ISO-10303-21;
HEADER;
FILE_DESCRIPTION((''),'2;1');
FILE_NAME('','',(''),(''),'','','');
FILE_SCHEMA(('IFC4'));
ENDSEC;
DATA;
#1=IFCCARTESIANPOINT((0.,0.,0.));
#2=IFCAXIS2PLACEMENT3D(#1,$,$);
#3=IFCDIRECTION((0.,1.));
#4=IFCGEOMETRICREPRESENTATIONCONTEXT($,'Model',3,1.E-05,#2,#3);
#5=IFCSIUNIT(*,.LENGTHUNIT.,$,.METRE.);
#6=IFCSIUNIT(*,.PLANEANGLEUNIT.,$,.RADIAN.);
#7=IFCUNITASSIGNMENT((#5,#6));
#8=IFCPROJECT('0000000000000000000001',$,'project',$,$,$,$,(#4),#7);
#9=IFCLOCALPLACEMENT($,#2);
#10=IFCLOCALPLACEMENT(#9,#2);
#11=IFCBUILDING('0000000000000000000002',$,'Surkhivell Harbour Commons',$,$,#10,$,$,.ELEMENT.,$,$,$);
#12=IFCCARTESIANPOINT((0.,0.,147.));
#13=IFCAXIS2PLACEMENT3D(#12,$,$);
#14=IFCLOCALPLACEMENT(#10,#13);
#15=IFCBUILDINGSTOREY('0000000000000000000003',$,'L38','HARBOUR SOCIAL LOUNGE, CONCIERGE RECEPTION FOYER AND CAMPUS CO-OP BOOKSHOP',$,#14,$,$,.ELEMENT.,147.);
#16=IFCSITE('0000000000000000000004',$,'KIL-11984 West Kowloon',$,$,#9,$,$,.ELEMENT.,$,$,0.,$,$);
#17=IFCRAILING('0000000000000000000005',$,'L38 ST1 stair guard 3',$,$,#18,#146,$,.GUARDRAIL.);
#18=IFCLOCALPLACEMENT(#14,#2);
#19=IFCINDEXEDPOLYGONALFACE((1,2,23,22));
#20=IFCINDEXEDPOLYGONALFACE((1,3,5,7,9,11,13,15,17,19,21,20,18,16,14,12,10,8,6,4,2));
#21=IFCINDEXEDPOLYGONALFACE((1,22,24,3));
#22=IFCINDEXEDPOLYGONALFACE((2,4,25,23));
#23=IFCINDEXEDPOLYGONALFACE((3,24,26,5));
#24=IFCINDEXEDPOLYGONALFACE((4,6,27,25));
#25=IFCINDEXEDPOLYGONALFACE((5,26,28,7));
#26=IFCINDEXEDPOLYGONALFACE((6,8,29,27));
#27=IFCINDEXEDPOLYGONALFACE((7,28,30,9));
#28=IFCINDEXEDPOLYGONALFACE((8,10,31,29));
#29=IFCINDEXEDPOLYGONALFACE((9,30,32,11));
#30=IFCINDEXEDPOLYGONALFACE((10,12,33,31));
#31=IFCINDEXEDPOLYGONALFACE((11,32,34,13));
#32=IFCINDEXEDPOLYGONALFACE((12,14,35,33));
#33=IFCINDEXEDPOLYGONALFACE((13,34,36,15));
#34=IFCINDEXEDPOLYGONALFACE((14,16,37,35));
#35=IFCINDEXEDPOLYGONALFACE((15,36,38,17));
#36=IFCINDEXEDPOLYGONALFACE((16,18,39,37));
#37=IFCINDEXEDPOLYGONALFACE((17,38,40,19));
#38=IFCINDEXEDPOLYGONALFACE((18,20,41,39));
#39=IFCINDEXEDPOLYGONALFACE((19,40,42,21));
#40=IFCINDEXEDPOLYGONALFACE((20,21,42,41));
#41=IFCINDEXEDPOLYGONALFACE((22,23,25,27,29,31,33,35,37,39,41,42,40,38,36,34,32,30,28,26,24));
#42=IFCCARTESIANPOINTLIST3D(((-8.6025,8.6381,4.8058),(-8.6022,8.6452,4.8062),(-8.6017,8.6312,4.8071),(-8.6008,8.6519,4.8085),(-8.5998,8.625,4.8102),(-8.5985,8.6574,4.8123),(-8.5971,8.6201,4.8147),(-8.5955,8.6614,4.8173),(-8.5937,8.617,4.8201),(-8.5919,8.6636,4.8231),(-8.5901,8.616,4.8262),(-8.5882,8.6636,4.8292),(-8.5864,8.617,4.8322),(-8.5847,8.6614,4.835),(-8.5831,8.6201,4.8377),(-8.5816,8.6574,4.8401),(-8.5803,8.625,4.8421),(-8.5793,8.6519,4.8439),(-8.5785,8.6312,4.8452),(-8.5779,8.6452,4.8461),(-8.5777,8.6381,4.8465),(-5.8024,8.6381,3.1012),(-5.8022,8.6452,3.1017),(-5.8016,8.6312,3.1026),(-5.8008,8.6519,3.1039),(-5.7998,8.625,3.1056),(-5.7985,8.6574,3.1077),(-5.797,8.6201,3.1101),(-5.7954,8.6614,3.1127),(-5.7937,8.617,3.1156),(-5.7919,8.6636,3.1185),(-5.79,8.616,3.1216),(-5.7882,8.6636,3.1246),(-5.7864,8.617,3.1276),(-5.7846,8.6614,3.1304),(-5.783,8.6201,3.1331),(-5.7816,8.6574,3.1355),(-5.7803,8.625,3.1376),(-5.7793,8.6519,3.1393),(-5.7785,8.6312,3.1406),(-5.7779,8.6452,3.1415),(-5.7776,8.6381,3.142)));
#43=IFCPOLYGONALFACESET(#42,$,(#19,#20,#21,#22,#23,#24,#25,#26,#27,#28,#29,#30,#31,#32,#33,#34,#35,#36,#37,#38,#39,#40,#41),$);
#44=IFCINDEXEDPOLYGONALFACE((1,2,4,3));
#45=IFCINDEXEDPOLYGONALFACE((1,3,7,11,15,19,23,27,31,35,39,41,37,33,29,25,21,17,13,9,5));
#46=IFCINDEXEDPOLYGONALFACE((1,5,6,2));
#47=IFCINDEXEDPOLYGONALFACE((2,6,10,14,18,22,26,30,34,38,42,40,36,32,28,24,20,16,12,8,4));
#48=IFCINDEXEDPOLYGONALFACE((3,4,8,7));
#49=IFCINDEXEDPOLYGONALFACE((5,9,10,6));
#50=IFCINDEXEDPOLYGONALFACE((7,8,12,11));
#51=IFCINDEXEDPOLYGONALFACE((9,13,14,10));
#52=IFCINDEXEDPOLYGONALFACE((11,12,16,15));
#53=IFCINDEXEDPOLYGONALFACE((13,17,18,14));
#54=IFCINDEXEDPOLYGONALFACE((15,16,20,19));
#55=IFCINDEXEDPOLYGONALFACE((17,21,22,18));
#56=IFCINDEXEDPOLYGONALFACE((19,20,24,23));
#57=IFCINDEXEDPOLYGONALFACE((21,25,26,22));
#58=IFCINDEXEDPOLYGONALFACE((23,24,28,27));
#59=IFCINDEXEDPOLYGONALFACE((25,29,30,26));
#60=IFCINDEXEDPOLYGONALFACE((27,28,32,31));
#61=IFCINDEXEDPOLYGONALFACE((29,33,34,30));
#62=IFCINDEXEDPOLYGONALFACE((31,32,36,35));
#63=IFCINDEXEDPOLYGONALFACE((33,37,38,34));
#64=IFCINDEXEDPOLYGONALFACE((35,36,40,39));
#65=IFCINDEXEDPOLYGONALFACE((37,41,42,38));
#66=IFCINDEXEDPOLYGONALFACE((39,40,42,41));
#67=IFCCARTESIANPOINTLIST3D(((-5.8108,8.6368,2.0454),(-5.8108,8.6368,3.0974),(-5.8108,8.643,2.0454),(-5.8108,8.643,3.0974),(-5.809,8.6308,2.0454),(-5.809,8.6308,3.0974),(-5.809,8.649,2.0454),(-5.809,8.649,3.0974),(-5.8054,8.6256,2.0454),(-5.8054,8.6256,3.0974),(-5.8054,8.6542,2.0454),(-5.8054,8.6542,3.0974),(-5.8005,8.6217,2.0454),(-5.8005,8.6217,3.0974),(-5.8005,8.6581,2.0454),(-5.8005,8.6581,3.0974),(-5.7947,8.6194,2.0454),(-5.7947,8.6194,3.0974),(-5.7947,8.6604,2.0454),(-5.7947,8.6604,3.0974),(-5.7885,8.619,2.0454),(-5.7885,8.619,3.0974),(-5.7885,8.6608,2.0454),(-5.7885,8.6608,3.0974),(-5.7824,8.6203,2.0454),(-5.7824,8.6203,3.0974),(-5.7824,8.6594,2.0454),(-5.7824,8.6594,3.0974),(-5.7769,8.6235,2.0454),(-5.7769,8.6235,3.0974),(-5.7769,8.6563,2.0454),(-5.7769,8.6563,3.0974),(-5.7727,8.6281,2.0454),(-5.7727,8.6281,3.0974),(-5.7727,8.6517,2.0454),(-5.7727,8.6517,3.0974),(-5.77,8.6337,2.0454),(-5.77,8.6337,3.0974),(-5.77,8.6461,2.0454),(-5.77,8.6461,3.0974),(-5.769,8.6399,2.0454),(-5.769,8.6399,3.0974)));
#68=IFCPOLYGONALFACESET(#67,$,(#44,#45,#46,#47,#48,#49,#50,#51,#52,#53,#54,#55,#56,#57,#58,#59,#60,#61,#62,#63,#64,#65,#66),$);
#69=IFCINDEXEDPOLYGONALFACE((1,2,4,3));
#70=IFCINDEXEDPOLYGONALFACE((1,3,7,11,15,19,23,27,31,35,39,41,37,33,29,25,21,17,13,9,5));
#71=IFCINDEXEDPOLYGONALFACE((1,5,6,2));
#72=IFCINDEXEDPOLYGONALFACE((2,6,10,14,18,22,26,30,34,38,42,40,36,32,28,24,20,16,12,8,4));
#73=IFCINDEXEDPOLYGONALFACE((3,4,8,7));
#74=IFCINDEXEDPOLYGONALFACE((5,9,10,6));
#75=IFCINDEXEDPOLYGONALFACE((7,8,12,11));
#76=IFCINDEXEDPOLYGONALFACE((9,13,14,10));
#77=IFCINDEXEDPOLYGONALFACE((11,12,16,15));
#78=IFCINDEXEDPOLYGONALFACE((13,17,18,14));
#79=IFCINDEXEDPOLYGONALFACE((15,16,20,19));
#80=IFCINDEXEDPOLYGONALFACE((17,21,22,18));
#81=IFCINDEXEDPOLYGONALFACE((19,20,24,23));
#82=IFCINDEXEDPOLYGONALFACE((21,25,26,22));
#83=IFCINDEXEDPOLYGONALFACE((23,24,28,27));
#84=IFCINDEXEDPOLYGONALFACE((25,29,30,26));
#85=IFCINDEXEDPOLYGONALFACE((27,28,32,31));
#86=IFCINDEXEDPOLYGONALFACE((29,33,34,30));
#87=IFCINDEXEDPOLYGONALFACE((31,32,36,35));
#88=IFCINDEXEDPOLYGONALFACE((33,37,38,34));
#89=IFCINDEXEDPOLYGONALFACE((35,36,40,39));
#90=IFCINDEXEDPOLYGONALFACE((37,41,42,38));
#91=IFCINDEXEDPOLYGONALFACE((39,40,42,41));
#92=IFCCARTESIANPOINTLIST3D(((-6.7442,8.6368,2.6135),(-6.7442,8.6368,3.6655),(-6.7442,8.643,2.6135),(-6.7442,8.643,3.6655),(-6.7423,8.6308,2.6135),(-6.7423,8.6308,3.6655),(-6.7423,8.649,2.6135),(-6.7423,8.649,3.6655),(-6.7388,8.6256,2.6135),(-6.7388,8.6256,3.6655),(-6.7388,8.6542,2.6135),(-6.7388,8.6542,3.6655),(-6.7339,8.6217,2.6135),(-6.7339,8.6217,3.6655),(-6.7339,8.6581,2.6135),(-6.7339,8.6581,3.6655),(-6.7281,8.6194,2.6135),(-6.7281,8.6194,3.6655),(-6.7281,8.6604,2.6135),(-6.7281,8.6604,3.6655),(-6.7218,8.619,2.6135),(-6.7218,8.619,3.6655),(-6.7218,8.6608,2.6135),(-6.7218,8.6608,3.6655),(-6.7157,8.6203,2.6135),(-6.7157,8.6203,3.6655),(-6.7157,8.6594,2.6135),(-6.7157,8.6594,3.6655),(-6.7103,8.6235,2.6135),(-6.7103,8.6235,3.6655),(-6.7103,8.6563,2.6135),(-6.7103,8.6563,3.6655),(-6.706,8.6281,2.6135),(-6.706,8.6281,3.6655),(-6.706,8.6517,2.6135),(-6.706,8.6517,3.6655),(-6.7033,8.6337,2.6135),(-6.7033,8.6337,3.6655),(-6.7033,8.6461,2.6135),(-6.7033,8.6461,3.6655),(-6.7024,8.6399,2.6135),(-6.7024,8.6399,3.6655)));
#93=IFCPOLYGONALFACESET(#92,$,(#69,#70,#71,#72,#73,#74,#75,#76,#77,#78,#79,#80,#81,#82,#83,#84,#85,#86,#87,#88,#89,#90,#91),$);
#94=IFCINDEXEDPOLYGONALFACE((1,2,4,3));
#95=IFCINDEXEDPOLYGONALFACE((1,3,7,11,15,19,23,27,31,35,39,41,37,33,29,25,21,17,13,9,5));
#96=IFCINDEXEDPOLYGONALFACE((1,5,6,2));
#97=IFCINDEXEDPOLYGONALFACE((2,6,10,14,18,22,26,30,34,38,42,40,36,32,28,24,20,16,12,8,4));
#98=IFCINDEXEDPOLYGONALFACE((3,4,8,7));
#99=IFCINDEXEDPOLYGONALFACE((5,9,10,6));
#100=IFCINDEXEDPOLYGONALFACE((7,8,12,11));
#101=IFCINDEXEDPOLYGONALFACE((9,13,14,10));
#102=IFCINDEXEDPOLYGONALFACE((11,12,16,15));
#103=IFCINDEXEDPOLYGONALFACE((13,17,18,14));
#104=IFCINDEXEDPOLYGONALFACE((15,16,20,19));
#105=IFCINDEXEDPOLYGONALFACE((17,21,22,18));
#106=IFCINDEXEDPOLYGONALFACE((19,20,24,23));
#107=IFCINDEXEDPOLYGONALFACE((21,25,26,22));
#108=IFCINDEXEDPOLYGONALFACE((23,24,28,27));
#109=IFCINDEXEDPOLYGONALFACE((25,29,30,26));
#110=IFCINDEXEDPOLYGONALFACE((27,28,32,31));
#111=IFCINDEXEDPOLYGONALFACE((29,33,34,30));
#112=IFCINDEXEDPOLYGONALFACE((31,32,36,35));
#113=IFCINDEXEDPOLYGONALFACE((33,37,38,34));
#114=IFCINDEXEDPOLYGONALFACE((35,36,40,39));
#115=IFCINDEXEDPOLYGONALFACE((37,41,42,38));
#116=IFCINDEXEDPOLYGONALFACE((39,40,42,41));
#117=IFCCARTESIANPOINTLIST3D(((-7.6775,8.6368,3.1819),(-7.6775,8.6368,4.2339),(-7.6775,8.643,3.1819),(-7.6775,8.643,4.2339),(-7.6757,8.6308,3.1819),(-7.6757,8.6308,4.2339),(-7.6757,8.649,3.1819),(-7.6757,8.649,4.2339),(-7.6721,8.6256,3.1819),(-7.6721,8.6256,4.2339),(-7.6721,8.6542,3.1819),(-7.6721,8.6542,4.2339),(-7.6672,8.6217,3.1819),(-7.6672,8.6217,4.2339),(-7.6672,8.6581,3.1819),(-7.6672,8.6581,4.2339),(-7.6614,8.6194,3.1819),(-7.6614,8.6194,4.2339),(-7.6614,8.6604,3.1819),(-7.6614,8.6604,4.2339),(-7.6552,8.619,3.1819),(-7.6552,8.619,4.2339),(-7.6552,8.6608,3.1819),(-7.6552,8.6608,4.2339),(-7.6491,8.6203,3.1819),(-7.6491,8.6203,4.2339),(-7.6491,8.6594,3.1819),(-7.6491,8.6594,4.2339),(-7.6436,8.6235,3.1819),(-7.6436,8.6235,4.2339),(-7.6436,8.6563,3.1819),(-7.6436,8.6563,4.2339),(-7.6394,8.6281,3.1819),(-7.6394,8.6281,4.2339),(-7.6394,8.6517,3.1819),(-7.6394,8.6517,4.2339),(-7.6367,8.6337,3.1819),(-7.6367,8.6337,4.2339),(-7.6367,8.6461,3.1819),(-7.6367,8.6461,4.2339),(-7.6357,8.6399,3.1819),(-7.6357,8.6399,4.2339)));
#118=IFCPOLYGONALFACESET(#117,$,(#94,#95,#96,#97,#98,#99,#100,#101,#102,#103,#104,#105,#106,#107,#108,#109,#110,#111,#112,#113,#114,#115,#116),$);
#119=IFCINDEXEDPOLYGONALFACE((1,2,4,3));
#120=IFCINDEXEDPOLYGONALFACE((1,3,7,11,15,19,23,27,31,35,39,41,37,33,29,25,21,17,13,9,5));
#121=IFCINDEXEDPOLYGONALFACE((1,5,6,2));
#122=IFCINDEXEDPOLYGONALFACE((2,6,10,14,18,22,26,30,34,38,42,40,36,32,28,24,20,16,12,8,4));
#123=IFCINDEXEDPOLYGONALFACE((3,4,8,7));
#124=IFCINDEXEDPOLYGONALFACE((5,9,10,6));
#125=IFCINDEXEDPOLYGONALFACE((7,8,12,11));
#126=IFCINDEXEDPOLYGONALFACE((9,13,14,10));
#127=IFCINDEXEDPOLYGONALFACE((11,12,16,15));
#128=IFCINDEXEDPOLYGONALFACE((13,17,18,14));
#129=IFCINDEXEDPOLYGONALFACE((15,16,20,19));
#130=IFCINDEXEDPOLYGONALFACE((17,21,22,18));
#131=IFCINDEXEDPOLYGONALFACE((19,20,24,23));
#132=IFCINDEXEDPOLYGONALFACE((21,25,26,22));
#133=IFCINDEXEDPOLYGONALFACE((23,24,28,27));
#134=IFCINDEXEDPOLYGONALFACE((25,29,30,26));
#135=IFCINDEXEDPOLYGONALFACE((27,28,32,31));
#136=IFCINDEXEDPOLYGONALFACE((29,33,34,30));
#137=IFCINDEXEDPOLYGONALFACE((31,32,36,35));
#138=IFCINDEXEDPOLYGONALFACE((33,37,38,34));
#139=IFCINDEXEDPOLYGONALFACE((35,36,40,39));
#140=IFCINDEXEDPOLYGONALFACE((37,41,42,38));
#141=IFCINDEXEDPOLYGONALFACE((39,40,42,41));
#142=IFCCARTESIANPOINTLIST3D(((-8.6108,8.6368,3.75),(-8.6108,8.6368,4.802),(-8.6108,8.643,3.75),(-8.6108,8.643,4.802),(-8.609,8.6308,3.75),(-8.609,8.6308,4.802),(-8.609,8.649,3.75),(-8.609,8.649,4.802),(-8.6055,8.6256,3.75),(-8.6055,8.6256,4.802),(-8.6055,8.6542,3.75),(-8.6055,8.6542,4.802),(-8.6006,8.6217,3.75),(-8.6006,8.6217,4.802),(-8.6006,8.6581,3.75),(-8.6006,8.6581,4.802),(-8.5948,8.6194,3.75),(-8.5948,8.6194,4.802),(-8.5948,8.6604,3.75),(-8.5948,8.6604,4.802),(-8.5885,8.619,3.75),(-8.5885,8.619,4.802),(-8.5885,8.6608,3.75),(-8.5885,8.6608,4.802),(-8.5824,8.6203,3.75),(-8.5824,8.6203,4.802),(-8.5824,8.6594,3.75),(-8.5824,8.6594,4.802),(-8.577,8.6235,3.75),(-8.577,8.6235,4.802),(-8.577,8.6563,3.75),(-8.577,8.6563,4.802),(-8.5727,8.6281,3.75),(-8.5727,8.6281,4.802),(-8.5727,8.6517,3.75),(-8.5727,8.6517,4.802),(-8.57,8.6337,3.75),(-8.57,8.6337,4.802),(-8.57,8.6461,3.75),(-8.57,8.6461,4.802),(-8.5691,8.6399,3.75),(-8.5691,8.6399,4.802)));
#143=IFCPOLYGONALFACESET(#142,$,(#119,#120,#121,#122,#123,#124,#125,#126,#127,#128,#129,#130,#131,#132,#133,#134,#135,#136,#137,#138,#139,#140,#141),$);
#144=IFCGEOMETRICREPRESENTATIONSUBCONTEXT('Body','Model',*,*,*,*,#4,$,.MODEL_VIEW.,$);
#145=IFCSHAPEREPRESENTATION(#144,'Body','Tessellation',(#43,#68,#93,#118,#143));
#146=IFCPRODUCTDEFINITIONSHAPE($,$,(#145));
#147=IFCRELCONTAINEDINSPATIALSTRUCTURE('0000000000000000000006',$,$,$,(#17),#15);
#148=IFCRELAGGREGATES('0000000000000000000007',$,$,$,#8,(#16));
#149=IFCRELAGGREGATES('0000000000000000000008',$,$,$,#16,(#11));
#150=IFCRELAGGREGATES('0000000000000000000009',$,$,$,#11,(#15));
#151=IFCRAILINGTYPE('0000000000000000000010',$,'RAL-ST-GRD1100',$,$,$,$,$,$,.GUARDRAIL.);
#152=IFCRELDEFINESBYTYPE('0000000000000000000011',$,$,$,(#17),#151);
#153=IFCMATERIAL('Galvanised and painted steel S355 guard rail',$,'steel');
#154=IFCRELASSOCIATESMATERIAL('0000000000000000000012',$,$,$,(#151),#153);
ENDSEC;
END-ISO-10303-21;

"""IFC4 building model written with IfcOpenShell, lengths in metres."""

from ifc_helpers import new_model, si_unit, direction, frame, origin, origin_2d, place, context, subcontext, project, spatial, circle, extrude, material, type_object, element, save


model = new_model("IFC4")

# Units and contexts
model_context = context("Model", 3, precision=1e-05, world=origin(), true_north=direction((0.0, 1.0)))
body_context = subcontext(model_context, "Body", "Model", "MODEL_VIEW")
ifc_project = project(units=[si_unit("LENGTHUNIT", "METRE"), si_unit("PLANEANGLEUNIT", "RADIAN")], contexts=[model_context])

# Site, building, storey
site_placement = place(None, origin())
site = spatial("IfcSite", under=ifc_project, at=site_placement, Name="KIL-11984 West Kowloon", CompositionType="ELEMENT", RefElevation=0.0)
building_placement = place(site_placement, origin())
building = spatial("IfcBuilding", under=site, at=building_placement, Name="Surkhivell Harbour Commons", CompositionType="ELEMENT")
storey_placement = place(building_placement, frame((0.0, 0.0, 147.0)))
storey = spatial("IfcBuildingStorey", under=building, at=storey_placement, Name="L38", Description="HARBOUR SOCIAL LOUNGE, CONCIERGE RECEPTION FOYER AND CAMPUS CO-OP BOOKSHOP", CompositionType="ELEMENT", Elevation=147.0)

# Railing
ifc_material_1 = material(Name="Galvanised and painted steel S355 guard rail", Category="steel")
railing_type_1 = type_object("IfcRailingType", Name="RAL-ST-GRD1100", PredefinedType="GUARDRAIL", material=ifc_material_1)
railing_1_placement = place(storey_placement, frame((-5.79, 8.6399, 2.0454)))
element("IfcRailing", 1, at=railing_1_placement, inside=storey, type_object=railing_type_1, Name="L38 ST1 stair guard 3", PredefinedType="GUARDRAIL", context=body_context, shape_type="SweptSolid", body=[
    extrude(circle(Radius=0.0239, at=origin_2d()), frame((0.0, 0.0, 1.0762), z_axis=(-0.85417, 0.0, 0.519994), x_axis=(0.0, -1.0, 0.0)), (0.0, 0.0, 1.0), 3.2781),
    extrude(circle(Radius=0.021, at=origin_2d()), origin(), (0.0, 0.0, 1.0), 1.052),
    extrude(circle(Radius=0.021, at=origin_2d()), frame((-0.9333, 0.0, 0.5681)), (0.0, 0.0, 1.0), 1.052),
    extrude(circle(Radius=0.021, at=origin_2d()), frame((-1.8667, 0.0, 1.1365)), (0.0, 0.0, 1.0), 1.052),
    extrude(circle(Radius=0.021, at=origin_2d()), frame((-2.8, 0.0, 1.7046)), (0.0, 0.0, 1.0), 1.052),
])

save(model, "model.ifc")
